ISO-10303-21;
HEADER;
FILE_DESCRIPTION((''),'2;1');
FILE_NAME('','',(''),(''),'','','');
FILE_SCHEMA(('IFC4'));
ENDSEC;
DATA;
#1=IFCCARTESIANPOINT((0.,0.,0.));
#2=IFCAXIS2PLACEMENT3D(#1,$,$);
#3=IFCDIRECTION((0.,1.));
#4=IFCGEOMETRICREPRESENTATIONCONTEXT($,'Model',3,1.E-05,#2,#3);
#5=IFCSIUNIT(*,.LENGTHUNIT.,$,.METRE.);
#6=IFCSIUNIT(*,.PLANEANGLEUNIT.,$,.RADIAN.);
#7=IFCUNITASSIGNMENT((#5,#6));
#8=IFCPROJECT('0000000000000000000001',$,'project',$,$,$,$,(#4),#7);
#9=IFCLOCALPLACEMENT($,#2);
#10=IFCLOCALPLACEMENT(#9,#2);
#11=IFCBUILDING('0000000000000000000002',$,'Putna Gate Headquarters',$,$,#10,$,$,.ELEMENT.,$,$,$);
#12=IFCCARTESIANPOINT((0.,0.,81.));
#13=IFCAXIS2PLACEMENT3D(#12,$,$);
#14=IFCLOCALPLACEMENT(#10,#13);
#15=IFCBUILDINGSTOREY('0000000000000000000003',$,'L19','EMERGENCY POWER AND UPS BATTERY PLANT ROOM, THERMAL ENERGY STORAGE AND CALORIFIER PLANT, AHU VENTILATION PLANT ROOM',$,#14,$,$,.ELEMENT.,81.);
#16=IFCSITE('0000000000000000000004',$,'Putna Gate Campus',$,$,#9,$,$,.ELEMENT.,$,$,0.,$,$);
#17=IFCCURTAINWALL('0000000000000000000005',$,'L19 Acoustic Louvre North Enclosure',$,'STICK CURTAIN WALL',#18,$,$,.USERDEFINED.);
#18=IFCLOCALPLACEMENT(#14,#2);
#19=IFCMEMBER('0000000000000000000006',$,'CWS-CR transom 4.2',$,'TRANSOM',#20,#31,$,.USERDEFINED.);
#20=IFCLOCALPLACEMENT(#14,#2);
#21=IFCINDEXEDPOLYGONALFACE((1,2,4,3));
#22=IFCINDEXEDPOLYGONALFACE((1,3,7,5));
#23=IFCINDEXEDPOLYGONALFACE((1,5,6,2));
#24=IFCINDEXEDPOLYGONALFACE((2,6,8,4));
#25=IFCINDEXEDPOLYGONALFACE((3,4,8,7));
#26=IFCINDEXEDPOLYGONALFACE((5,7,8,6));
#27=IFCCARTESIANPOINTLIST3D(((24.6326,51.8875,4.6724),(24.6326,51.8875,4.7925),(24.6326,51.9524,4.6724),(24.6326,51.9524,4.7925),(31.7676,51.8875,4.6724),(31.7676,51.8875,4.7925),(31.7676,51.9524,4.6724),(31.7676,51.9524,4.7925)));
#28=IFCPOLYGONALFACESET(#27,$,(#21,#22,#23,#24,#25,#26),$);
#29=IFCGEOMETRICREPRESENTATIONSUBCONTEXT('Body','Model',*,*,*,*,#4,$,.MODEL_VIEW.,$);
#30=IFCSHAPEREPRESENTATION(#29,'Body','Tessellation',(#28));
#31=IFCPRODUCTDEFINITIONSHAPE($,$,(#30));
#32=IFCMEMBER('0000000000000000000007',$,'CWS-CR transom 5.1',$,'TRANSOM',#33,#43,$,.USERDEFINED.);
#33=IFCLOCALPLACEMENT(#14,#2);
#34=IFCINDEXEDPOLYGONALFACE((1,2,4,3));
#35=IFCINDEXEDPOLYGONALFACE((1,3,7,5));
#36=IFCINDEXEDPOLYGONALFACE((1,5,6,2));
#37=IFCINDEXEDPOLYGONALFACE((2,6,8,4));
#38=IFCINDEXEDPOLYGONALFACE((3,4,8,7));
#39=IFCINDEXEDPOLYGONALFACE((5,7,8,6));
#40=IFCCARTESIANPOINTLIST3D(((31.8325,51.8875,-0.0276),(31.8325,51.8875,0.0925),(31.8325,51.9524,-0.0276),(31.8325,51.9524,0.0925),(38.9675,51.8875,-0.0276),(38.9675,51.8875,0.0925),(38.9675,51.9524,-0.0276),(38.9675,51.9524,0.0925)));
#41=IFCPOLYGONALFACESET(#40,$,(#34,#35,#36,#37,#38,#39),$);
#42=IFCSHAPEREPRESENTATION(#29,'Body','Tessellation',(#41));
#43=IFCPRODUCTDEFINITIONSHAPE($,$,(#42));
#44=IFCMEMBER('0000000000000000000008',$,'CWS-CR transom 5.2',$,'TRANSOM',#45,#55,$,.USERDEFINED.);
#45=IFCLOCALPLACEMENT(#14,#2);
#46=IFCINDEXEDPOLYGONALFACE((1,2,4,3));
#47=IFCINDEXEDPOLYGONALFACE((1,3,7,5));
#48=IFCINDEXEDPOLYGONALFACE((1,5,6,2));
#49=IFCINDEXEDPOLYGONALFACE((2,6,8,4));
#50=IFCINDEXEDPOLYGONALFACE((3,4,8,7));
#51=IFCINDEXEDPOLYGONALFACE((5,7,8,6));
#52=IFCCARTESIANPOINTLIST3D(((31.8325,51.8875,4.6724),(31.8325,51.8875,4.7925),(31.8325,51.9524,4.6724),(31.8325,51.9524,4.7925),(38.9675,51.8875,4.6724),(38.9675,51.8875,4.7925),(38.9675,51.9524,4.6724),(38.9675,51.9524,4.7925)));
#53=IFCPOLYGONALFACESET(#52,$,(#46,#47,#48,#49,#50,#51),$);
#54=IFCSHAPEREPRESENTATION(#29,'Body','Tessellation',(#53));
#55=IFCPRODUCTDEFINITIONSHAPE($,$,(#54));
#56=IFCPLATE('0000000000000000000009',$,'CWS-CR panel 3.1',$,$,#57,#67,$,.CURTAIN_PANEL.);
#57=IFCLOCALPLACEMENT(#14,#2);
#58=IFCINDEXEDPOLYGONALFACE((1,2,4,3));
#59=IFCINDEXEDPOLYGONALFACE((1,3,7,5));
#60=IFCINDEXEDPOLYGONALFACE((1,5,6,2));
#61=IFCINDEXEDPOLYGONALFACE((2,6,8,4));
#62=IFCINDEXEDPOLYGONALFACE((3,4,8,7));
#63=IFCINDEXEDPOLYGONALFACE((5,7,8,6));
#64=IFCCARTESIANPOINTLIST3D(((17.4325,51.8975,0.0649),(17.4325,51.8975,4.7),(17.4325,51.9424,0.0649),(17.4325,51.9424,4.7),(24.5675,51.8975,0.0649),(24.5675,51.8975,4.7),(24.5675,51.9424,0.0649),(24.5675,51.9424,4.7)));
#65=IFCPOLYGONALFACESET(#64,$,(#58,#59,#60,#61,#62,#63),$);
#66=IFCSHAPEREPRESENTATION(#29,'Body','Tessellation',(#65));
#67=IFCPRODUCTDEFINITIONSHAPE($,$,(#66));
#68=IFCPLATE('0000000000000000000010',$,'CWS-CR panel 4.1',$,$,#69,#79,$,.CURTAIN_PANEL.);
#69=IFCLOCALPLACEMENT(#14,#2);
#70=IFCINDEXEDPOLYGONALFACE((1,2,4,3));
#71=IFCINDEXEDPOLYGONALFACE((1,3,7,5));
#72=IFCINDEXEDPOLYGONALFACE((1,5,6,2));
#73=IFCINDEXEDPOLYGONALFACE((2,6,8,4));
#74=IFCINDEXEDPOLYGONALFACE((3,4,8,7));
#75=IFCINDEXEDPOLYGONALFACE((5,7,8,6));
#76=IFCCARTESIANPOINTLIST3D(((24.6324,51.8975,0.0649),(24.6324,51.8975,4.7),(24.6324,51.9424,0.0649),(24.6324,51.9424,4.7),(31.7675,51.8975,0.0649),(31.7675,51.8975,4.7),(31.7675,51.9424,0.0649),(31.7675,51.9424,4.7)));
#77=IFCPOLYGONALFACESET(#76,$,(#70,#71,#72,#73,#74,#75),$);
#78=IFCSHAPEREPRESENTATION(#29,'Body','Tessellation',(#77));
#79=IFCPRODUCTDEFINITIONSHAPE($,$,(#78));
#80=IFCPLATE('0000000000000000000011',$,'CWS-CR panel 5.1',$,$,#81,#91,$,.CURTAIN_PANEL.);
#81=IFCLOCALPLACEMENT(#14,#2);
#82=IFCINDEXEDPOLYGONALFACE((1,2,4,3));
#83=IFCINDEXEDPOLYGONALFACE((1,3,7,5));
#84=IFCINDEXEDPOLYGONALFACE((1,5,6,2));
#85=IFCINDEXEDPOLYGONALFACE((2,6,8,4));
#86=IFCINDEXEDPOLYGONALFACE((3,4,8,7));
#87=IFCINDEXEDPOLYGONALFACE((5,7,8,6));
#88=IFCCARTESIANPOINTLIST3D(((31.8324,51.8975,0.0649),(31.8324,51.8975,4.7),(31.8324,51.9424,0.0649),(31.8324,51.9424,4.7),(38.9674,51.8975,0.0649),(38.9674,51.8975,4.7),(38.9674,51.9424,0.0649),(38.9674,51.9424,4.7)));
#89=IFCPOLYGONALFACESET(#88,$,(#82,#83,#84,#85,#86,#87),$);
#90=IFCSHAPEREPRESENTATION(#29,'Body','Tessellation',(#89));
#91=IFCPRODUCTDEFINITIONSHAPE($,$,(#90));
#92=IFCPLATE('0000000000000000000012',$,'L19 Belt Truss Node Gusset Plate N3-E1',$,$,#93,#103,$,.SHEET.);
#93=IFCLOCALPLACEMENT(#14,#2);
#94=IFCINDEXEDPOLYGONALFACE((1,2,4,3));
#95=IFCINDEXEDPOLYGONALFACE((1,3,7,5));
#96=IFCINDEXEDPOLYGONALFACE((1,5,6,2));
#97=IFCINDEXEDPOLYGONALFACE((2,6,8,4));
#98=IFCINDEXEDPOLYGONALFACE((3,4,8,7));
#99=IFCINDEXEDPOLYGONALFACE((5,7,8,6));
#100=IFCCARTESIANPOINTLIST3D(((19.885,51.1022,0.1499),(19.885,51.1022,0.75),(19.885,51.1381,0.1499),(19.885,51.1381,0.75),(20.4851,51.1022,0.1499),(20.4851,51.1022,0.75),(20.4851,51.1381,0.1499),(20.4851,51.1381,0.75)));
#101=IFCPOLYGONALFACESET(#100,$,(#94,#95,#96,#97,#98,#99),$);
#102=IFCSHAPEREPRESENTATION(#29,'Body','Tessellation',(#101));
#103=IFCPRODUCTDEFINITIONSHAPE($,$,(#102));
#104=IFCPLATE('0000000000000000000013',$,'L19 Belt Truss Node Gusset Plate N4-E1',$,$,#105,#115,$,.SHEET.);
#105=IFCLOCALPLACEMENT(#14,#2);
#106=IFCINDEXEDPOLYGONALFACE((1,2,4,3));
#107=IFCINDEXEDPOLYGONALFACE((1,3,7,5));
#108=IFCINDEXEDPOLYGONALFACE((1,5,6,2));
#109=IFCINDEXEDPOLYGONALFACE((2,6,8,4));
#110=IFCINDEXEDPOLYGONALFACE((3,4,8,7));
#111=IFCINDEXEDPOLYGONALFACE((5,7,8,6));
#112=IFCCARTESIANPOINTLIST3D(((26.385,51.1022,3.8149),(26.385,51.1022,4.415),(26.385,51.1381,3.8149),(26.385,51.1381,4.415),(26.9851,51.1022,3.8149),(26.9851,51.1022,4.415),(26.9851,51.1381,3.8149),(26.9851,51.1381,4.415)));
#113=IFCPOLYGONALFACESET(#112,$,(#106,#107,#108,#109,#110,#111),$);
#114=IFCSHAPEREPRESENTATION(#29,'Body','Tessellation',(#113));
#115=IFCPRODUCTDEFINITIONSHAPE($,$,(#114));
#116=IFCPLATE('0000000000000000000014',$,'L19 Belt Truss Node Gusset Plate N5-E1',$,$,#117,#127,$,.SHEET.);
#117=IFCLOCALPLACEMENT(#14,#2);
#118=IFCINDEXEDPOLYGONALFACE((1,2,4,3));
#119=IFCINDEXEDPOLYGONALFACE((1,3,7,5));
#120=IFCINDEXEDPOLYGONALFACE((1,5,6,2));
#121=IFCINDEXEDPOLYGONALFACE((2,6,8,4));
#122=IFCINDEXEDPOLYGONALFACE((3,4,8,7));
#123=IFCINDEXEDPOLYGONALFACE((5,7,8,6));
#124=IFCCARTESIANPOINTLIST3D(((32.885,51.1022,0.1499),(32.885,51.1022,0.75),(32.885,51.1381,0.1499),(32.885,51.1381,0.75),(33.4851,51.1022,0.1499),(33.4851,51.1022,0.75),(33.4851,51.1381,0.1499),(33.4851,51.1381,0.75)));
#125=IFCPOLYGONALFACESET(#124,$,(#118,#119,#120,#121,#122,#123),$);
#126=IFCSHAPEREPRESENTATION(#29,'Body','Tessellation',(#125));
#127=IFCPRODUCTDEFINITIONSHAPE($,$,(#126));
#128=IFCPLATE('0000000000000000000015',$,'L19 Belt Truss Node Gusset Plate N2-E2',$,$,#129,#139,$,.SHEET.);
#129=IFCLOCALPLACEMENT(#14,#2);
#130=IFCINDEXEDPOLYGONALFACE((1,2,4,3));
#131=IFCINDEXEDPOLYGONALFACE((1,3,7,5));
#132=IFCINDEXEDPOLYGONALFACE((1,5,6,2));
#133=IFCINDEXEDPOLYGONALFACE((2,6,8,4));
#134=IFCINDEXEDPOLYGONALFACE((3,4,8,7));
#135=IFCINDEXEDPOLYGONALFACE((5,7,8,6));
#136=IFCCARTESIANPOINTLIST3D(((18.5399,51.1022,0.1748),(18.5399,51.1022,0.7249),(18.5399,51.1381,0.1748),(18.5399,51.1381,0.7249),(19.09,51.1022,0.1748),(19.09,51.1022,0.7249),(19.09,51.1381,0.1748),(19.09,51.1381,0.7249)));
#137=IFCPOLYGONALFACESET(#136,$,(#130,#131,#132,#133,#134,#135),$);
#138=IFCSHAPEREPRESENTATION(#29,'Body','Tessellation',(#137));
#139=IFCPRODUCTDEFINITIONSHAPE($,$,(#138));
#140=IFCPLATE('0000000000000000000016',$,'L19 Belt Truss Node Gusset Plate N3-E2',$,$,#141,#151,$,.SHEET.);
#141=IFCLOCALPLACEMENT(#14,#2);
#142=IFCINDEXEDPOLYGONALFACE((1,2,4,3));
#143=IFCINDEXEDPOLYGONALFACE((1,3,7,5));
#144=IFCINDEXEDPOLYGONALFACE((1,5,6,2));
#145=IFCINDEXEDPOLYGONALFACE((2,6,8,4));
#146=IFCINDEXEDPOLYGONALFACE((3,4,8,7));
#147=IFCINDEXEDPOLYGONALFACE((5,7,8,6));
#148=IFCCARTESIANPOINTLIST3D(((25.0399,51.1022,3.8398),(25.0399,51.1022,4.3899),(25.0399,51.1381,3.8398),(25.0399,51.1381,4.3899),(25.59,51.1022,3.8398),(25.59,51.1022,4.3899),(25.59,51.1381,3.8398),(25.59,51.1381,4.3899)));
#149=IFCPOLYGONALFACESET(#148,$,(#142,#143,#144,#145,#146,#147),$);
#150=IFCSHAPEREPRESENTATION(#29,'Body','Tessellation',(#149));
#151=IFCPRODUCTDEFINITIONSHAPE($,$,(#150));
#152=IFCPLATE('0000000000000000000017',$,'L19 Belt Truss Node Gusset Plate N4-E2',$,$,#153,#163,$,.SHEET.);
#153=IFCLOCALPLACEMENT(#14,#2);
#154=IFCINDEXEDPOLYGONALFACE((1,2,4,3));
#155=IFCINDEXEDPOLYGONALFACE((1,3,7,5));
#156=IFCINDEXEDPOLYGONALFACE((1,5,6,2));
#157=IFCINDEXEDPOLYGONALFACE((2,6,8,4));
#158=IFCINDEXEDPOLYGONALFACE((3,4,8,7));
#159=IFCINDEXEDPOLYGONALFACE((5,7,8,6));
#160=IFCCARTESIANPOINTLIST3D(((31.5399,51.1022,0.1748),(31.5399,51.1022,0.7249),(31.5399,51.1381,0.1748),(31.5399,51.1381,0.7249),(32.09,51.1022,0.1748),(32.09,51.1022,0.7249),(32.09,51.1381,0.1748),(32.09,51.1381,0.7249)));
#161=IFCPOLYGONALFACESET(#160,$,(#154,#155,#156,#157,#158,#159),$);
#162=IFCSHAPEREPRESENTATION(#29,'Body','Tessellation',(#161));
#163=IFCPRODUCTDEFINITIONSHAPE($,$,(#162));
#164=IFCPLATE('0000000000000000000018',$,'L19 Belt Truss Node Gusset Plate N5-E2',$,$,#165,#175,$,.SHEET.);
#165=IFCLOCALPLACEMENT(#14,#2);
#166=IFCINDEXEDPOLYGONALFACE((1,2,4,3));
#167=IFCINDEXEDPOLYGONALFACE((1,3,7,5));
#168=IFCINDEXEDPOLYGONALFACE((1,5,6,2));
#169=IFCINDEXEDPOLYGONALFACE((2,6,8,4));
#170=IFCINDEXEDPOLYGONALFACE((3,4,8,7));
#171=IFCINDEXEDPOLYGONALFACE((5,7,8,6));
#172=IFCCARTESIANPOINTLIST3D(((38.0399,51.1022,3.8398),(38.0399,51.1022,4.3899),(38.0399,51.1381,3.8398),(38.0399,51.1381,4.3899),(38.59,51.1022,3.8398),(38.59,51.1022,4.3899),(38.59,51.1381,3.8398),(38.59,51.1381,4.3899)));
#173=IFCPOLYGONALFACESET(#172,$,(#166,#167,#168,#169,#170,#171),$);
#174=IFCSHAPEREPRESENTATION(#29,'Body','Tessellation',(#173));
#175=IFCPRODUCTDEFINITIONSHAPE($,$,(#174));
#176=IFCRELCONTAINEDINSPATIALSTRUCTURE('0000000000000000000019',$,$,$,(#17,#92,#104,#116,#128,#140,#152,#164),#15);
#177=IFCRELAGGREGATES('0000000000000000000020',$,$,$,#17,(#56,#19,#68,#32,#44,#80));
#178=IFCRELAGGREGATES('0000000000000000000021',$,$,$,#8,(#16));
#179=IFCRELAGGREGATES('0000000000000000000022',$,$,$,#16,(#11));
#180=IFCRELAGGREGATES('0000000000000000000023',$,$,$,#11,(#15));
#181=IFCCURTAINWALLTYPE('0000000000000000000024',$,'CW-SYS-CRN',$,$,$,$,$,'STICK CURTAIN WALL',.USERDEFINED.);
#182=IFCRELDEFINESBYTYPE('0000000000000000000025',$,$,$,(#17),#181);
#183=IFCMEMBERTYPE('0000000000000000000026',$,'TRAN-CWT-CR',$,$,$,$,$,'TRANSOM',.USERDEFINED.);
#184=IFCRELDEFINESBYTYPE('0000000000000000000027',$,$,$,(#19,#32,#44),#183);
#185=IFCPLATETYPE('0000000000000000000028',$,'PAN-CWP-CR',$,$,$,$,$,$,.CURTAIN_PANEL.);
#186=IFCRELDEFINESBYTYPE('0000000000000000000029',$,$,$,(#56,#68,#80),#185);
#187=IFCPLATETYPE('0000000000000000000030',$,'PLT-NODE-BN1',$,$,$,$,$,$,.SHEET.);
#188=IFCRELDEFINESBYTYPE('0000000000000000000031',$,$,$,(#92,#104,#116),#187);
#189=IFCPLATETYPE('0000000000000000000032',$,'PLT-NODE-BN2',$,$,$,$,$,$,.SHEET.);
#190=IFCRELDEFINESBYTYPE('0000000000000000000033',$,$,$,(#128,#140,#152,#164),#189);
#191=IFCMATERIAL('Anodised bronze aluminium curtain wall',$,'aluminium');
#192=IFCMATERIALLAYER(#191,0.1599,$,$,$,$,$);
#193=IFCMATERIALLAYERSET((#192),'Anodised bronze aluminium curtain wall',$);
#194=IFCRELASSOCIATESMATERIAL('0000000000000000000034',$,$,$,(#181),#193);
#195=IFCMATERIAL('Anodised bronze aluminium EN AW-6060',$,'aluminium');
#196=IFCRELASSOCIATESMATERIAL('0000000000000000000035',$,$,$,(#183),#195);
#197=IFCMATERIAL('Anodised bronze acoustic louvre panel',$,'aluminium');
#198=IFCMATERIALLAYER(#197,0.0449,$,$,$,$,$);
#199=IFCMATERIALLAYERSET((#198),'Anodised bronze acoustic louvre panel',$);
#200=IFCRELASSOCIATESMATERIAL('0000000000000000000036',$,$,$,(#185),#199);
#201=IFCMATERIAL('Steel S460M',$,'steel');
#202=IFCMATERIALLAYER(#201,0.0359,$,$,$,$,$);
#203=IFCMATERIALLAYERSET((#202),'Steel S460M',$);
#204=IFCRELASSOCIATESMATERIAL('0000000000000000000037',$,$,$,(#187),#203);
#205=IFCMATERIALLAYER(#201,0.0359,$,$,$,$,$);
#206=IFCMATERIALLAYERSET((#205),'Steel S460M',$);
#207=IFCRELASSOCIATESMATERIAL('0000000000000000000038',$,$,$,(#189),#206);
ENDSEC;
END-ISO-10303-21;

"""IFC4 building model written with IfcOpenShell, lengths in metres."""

from ifc_helpers import new_model, si_unit, direction, frame, origin, origin_2d, place, context, subcontext, project, spatial, rectangle, extrude, material, layer, layer_set, material_profile, profile_set, type_object, element, aggregate, save


model = new_model("IFC4")

# Units and contexts
model_context = context("Model", 3, precision=1e-05, world=origin(), true_north=direction((0.0, 1.0)))
body_context = subcontext(model_context, "Body", "Model", "MODEL_VIEW")
ifc_project = project(units=[si_unit("LENGTHUNIT", "METRE"), si_unit("PLANEANGLEUNIT", "RADIAN")], contexts=[model_context])

# Site, building, storey
site_placement = place(None, origin())
site = spatial("IfcSite", under=ifc_project, at=site_placement, Name="Putna Gate Campus", CompositionType="ELEMENT", RefElevation=0.0)
building_placement = place(site_placement, origin())
building = spatial("IfcBuilding", under=site, at=building_placement, Name="Putna Gate Headquarters", CompositionType="ELEMENT")
storey_placement = place(building_placement, frame((0.0, 0.0, 81.0)))
storey = spatial("IfcBuildingStorey", under=building, at=storey_placement, Name="L19", Description="EMERGENCY POWER AND UPS BATTERY PLANT ROOM, THERMAL ENERGY STORAGE AND CALORIFIER PLANT, AHU VENTILATION PLANT ROOM", CompositionType="ELEMENT", Elevation=81.0)

# Shared definitions
ifc_material_1 = material(Name="Steel S460M", Category="steel")

# Curtain wall, members, plates
ifc_material_2 = material(Name="Anodised bronze aluminium curtain wall", Category="aluminium")
ifc_layer_1 = layer(ifc_material_2, 0.1599)
ifc_layer_set_1 = layer_set([ifc_layer_1], Name="Anodised bronze aluminium curtain wall")
curtain_wall_type = type_object("IfcCurtainWallType", Name="CW-SYS-CRN", ElementType="STICK CURTAIN WALL", PredefinedType="USERDEFINED", material=ifc_layer_set_1)
curtain_wall_placement = place(storey_placement, origin())
curtain_wall = element("IfcCurtainWall", 1, at=curtain_wall_placement, inside=storey, type_object=curtain_wall_type, Name="L19 Acoustic Louvre North Enclosure", ObjectType="STICK CURTAIN WALL", PredefinedType="USERDEFINED")
ifc_material_3 = material(Name="Anodised bronze aluminium EN AW-6060", Category="aluminium")
ifc_material_profile_1 = material_profile(ifc_material_3, rectangle(XDim=0.0649, YDim=0.1201, at=origin_2d()), Name="Anodised bronze aluminium EN AW-6060")
ifc_profile_set_1 = profile_set([ifc_material_profile_1], Name="Anodised bronze aluminium EN AW-6060")
member_type_1 = type_object("IfcMemberType", Name="TRAN-CWT-CR", ElementType="TRANSOM", PredefinedType="USERDEFINED", material=ifc_profile_set_1)
member_1_placement = place(storey_placement, frame((24.6326, 51.9199, 4.7324), z_axis=(1.0, 0.0, 0.0), x_axis=(0.0, 1.0, 0.0)))
member_1 = element("IfcMember", 2, at=member_1_placement, type_object=member_type_1, Name="CWS-CR transom 4.2", ObjectType="TRANSOM", PredefinedType="USERDEFINED", context=body_context, shape_type="SweptSolid", body=[
    extrude(rectangle(XDim=0.0649, YDim=0.1201, at=origin_2d()), origin(), (0.0, 0.0, 1.0), 7.135),
])
member_2_placement = place(storey_placement, frame((31.8325, 51.9199, 0.0325), z_axis=(1.0, 0.0, 0.0), x_axis=(0.0, 1.0, 0.0)))
member_2 = element("IfcMember", 3, at=member_2_placement, type_object=member_type_1, Name="CWS-CR transom 5.1", ObjectType="TRANSOM", PredefinedType="USERDEFINED", context=body_context, shape_type="SweptSolid", body=[
    extrude(rectangle(XDim=0.0649, YDim=0.1201, at=origin_2d()), origin(), (0.0, 0.0, 1.0), 7.135),
])
member_3_placement = place(storey_placement, frame((31.8325, 51.9199, 4.7324), z_axis=(1.0, 0.0, 0.0), x_axis=(0.0, 1.0, 0.0)))
member_3 = element("IfcMember", 4, at=member_3_placement, type_object=member_type_1, Name="CWS-CR transom 5.2", ObjectType="TRANSOM", PredefinedType="USERDEFINED", context=body_context, shape_type="SweptSolid", body=[
    extrude(rectangle(XDim=0.0649, YDim=0.1201, at=origin_2d()), origin(), (0.0, 0.0, 1.0), 7.135),
])
ifc_material_4 = material(Name="Anodised bronze acoustic louvre panel", Category="aluminium")
ifc_layer_2 = layer(ifc_material_4, 0.0449)
ifc_layer_set_2 = layer_set([ifc_layer_2], Name="Anodised bronze acoustic louvre panel")
plate_type_1 = type_object("IfcPlateType", Name="PAN-CWP-CR", PredefinedType="CURTAIN_PANEL", material=ifc_layer_set_2)
plate_1_placement = place(storey_placement, frame((21.0, 51.9199, 0.0649), z_axis=(0.0, 0.0, 1.0), x_axis=(1.0, 0.0, 0.0)))
plate_1 = element("IfcPlate", 5, at=plate_1_placement, type_object=plate_type_1, Name="CWS-CR panel 3.1", PredefinedType="CURTAIN_PANEL", context=body_context, shape_type="SweptSolid", body=[
    extrude(rectangle(XDim=7.135, YDim=0.0449, at=origin_2d()), origin(), (0.0, 0.0, 1.0), 4.635),
])
plate_2_placement = place(storey_placement, frame((28.2, 51.9199, 0.0649), z_axis=(0.0, 0.0, 1.0), x_axis=(1.0, 0.0, 0.0)))
plate_2 = element("IfcPlate", 6, at=plate_2_placement, type_object=plate_type_1, Name="CWS-CR panel 4.1", PredefinedType="CURTAIN_PANEL", context=body_context, shape_type="SweptSolid", body=[
    extrude(rectangle(XDim=7.135, YDim=0.0449, at=origin_2d()), origin(), (0.0, 0.0, 1.0), 4.635),
])
plate_3_placement = place(storey_placement, frame((35.3999, 51.9199, 0.0649), z_axis=(0.0, 0.0, 1.0), x_axis=(1.0, 0.0, 0.0)))
plate_3 = element("IfcPlate", 7, at=plate_3_placement, type_object=plate_type_1, Name="CWS-CR panel 5.1", PredefinedType="CURTAIN_PANEL", context=body_context, shape_type="SweptSolid", body=[
    extrude(rectangle(XDim=7.135, YDim=0.0449, at=origin_2d()), origin(), (0.0, 0.0, 1.0), 4.635),
])
aggregate(curtain_wall, [plate_1, member_1, plate_2, member_2, member_3, plate_3])

# Plates
ifc_layer_3 = layer(ifc_material_1, 0.0359)
ifc_layer_set_3 = layer_set([ifc_layer_3], Name="Steel S460M")
plate_type_2 = type_object("IfcPlateType", Name="PLT-NODE-BN1", PredefinedType="SHEET", material=ifc_layer_set_3)
for number, where, z_axis, x_axis, name in (
    (8, (20.1851, 51.1201, 0.1499), (0.0, 0.0, 1.0), (1.0, 0.0, 0.0), "L19 Belt Truss Node Gusset Plate N3-E1"),
    (9, (26.6851, 51.1201, 3.8149), (0.0, 0.0, 1.0), (1.0, 0.0, 0.0), "L19 Belt Truss Node Gusset Plate N4-E1"),
    (10, (33.1851, 51.1201, 0.1499), (0.0, 0.0, 1.0), (1.0, 0.0, 0.0), "L19 Belt Truss Node Gusset Plate N5-E1"),
):
    element("IfcPlate", number, at=place(storey_placement, frame(where, z_axis=z_axis, x_axis=x_axis)), inside=storey, type_object=plate_type_2, Name=name, PredefinedType="SHEET", context=body_context, shape_type="SweptSolid", body=[
        extrude(rectangle(XDim=0.6001, YDim=0.0359, at=origin_2d()), origin(), (0.0, 0.0, 1.0), 0.6001),
    ])
ifc_layer_4 = layer(ifc_material_1, 0.0359)
ifc_layer_set_4 = layer_set([ifc_layer_4], Name="Steel S460M")
plate_type_3 = type_object("IfcPlateType", Name="PLT-NODE-BN2", PredefinedType="SHEET", material=ifc_layer_set_4)
for number, where, z_axis, x_axis, name in (
    (11, (18.8149, 51.1201, 0.1748), (0.0, 0.0, 1.0), (1.0, 0.0, 0.0), "L19 Belt Truss Node Gusset Plate N2-E2"),
    (12, (25.3149, 51.1201, 3.8398), (0.0, 0.0, 1.0), (1.0, 0.0, 0.0), "L19 Belt Truss Node Gusset Plate N3-E2"),
    (13, (31.8149, 51.1201, 0.1748), (0.0, 0.0, 1.0), (1.0, 0.0, 0.0), "L19 Belt Truss Node Gusset Plate N4-E2"),
    (14, (38.3149, 51.1201, 3.8398), (0.0, 0.0, 1.0), (1.0, 0.0, 0.0), "L19 Belt Truss Node Gusset Plate N5-E2"),
):
    element("IfcPlate", number, at=place(storey_placement, frame(where, z_axis=z_axis, x_axis=x_axis)), inside=storey, type_object=plate_type_3, Name=name, PredefinedType="SHEET", context=body_context, shape_type="SweptSolid", body=[
        extrude(rectangle(XDim=0.55, YDim=0.0359, at=origin_2d()), origin(), (0.0, 0.0, 1.0), 0.55),
    ])

save(model, "model.ifc")
